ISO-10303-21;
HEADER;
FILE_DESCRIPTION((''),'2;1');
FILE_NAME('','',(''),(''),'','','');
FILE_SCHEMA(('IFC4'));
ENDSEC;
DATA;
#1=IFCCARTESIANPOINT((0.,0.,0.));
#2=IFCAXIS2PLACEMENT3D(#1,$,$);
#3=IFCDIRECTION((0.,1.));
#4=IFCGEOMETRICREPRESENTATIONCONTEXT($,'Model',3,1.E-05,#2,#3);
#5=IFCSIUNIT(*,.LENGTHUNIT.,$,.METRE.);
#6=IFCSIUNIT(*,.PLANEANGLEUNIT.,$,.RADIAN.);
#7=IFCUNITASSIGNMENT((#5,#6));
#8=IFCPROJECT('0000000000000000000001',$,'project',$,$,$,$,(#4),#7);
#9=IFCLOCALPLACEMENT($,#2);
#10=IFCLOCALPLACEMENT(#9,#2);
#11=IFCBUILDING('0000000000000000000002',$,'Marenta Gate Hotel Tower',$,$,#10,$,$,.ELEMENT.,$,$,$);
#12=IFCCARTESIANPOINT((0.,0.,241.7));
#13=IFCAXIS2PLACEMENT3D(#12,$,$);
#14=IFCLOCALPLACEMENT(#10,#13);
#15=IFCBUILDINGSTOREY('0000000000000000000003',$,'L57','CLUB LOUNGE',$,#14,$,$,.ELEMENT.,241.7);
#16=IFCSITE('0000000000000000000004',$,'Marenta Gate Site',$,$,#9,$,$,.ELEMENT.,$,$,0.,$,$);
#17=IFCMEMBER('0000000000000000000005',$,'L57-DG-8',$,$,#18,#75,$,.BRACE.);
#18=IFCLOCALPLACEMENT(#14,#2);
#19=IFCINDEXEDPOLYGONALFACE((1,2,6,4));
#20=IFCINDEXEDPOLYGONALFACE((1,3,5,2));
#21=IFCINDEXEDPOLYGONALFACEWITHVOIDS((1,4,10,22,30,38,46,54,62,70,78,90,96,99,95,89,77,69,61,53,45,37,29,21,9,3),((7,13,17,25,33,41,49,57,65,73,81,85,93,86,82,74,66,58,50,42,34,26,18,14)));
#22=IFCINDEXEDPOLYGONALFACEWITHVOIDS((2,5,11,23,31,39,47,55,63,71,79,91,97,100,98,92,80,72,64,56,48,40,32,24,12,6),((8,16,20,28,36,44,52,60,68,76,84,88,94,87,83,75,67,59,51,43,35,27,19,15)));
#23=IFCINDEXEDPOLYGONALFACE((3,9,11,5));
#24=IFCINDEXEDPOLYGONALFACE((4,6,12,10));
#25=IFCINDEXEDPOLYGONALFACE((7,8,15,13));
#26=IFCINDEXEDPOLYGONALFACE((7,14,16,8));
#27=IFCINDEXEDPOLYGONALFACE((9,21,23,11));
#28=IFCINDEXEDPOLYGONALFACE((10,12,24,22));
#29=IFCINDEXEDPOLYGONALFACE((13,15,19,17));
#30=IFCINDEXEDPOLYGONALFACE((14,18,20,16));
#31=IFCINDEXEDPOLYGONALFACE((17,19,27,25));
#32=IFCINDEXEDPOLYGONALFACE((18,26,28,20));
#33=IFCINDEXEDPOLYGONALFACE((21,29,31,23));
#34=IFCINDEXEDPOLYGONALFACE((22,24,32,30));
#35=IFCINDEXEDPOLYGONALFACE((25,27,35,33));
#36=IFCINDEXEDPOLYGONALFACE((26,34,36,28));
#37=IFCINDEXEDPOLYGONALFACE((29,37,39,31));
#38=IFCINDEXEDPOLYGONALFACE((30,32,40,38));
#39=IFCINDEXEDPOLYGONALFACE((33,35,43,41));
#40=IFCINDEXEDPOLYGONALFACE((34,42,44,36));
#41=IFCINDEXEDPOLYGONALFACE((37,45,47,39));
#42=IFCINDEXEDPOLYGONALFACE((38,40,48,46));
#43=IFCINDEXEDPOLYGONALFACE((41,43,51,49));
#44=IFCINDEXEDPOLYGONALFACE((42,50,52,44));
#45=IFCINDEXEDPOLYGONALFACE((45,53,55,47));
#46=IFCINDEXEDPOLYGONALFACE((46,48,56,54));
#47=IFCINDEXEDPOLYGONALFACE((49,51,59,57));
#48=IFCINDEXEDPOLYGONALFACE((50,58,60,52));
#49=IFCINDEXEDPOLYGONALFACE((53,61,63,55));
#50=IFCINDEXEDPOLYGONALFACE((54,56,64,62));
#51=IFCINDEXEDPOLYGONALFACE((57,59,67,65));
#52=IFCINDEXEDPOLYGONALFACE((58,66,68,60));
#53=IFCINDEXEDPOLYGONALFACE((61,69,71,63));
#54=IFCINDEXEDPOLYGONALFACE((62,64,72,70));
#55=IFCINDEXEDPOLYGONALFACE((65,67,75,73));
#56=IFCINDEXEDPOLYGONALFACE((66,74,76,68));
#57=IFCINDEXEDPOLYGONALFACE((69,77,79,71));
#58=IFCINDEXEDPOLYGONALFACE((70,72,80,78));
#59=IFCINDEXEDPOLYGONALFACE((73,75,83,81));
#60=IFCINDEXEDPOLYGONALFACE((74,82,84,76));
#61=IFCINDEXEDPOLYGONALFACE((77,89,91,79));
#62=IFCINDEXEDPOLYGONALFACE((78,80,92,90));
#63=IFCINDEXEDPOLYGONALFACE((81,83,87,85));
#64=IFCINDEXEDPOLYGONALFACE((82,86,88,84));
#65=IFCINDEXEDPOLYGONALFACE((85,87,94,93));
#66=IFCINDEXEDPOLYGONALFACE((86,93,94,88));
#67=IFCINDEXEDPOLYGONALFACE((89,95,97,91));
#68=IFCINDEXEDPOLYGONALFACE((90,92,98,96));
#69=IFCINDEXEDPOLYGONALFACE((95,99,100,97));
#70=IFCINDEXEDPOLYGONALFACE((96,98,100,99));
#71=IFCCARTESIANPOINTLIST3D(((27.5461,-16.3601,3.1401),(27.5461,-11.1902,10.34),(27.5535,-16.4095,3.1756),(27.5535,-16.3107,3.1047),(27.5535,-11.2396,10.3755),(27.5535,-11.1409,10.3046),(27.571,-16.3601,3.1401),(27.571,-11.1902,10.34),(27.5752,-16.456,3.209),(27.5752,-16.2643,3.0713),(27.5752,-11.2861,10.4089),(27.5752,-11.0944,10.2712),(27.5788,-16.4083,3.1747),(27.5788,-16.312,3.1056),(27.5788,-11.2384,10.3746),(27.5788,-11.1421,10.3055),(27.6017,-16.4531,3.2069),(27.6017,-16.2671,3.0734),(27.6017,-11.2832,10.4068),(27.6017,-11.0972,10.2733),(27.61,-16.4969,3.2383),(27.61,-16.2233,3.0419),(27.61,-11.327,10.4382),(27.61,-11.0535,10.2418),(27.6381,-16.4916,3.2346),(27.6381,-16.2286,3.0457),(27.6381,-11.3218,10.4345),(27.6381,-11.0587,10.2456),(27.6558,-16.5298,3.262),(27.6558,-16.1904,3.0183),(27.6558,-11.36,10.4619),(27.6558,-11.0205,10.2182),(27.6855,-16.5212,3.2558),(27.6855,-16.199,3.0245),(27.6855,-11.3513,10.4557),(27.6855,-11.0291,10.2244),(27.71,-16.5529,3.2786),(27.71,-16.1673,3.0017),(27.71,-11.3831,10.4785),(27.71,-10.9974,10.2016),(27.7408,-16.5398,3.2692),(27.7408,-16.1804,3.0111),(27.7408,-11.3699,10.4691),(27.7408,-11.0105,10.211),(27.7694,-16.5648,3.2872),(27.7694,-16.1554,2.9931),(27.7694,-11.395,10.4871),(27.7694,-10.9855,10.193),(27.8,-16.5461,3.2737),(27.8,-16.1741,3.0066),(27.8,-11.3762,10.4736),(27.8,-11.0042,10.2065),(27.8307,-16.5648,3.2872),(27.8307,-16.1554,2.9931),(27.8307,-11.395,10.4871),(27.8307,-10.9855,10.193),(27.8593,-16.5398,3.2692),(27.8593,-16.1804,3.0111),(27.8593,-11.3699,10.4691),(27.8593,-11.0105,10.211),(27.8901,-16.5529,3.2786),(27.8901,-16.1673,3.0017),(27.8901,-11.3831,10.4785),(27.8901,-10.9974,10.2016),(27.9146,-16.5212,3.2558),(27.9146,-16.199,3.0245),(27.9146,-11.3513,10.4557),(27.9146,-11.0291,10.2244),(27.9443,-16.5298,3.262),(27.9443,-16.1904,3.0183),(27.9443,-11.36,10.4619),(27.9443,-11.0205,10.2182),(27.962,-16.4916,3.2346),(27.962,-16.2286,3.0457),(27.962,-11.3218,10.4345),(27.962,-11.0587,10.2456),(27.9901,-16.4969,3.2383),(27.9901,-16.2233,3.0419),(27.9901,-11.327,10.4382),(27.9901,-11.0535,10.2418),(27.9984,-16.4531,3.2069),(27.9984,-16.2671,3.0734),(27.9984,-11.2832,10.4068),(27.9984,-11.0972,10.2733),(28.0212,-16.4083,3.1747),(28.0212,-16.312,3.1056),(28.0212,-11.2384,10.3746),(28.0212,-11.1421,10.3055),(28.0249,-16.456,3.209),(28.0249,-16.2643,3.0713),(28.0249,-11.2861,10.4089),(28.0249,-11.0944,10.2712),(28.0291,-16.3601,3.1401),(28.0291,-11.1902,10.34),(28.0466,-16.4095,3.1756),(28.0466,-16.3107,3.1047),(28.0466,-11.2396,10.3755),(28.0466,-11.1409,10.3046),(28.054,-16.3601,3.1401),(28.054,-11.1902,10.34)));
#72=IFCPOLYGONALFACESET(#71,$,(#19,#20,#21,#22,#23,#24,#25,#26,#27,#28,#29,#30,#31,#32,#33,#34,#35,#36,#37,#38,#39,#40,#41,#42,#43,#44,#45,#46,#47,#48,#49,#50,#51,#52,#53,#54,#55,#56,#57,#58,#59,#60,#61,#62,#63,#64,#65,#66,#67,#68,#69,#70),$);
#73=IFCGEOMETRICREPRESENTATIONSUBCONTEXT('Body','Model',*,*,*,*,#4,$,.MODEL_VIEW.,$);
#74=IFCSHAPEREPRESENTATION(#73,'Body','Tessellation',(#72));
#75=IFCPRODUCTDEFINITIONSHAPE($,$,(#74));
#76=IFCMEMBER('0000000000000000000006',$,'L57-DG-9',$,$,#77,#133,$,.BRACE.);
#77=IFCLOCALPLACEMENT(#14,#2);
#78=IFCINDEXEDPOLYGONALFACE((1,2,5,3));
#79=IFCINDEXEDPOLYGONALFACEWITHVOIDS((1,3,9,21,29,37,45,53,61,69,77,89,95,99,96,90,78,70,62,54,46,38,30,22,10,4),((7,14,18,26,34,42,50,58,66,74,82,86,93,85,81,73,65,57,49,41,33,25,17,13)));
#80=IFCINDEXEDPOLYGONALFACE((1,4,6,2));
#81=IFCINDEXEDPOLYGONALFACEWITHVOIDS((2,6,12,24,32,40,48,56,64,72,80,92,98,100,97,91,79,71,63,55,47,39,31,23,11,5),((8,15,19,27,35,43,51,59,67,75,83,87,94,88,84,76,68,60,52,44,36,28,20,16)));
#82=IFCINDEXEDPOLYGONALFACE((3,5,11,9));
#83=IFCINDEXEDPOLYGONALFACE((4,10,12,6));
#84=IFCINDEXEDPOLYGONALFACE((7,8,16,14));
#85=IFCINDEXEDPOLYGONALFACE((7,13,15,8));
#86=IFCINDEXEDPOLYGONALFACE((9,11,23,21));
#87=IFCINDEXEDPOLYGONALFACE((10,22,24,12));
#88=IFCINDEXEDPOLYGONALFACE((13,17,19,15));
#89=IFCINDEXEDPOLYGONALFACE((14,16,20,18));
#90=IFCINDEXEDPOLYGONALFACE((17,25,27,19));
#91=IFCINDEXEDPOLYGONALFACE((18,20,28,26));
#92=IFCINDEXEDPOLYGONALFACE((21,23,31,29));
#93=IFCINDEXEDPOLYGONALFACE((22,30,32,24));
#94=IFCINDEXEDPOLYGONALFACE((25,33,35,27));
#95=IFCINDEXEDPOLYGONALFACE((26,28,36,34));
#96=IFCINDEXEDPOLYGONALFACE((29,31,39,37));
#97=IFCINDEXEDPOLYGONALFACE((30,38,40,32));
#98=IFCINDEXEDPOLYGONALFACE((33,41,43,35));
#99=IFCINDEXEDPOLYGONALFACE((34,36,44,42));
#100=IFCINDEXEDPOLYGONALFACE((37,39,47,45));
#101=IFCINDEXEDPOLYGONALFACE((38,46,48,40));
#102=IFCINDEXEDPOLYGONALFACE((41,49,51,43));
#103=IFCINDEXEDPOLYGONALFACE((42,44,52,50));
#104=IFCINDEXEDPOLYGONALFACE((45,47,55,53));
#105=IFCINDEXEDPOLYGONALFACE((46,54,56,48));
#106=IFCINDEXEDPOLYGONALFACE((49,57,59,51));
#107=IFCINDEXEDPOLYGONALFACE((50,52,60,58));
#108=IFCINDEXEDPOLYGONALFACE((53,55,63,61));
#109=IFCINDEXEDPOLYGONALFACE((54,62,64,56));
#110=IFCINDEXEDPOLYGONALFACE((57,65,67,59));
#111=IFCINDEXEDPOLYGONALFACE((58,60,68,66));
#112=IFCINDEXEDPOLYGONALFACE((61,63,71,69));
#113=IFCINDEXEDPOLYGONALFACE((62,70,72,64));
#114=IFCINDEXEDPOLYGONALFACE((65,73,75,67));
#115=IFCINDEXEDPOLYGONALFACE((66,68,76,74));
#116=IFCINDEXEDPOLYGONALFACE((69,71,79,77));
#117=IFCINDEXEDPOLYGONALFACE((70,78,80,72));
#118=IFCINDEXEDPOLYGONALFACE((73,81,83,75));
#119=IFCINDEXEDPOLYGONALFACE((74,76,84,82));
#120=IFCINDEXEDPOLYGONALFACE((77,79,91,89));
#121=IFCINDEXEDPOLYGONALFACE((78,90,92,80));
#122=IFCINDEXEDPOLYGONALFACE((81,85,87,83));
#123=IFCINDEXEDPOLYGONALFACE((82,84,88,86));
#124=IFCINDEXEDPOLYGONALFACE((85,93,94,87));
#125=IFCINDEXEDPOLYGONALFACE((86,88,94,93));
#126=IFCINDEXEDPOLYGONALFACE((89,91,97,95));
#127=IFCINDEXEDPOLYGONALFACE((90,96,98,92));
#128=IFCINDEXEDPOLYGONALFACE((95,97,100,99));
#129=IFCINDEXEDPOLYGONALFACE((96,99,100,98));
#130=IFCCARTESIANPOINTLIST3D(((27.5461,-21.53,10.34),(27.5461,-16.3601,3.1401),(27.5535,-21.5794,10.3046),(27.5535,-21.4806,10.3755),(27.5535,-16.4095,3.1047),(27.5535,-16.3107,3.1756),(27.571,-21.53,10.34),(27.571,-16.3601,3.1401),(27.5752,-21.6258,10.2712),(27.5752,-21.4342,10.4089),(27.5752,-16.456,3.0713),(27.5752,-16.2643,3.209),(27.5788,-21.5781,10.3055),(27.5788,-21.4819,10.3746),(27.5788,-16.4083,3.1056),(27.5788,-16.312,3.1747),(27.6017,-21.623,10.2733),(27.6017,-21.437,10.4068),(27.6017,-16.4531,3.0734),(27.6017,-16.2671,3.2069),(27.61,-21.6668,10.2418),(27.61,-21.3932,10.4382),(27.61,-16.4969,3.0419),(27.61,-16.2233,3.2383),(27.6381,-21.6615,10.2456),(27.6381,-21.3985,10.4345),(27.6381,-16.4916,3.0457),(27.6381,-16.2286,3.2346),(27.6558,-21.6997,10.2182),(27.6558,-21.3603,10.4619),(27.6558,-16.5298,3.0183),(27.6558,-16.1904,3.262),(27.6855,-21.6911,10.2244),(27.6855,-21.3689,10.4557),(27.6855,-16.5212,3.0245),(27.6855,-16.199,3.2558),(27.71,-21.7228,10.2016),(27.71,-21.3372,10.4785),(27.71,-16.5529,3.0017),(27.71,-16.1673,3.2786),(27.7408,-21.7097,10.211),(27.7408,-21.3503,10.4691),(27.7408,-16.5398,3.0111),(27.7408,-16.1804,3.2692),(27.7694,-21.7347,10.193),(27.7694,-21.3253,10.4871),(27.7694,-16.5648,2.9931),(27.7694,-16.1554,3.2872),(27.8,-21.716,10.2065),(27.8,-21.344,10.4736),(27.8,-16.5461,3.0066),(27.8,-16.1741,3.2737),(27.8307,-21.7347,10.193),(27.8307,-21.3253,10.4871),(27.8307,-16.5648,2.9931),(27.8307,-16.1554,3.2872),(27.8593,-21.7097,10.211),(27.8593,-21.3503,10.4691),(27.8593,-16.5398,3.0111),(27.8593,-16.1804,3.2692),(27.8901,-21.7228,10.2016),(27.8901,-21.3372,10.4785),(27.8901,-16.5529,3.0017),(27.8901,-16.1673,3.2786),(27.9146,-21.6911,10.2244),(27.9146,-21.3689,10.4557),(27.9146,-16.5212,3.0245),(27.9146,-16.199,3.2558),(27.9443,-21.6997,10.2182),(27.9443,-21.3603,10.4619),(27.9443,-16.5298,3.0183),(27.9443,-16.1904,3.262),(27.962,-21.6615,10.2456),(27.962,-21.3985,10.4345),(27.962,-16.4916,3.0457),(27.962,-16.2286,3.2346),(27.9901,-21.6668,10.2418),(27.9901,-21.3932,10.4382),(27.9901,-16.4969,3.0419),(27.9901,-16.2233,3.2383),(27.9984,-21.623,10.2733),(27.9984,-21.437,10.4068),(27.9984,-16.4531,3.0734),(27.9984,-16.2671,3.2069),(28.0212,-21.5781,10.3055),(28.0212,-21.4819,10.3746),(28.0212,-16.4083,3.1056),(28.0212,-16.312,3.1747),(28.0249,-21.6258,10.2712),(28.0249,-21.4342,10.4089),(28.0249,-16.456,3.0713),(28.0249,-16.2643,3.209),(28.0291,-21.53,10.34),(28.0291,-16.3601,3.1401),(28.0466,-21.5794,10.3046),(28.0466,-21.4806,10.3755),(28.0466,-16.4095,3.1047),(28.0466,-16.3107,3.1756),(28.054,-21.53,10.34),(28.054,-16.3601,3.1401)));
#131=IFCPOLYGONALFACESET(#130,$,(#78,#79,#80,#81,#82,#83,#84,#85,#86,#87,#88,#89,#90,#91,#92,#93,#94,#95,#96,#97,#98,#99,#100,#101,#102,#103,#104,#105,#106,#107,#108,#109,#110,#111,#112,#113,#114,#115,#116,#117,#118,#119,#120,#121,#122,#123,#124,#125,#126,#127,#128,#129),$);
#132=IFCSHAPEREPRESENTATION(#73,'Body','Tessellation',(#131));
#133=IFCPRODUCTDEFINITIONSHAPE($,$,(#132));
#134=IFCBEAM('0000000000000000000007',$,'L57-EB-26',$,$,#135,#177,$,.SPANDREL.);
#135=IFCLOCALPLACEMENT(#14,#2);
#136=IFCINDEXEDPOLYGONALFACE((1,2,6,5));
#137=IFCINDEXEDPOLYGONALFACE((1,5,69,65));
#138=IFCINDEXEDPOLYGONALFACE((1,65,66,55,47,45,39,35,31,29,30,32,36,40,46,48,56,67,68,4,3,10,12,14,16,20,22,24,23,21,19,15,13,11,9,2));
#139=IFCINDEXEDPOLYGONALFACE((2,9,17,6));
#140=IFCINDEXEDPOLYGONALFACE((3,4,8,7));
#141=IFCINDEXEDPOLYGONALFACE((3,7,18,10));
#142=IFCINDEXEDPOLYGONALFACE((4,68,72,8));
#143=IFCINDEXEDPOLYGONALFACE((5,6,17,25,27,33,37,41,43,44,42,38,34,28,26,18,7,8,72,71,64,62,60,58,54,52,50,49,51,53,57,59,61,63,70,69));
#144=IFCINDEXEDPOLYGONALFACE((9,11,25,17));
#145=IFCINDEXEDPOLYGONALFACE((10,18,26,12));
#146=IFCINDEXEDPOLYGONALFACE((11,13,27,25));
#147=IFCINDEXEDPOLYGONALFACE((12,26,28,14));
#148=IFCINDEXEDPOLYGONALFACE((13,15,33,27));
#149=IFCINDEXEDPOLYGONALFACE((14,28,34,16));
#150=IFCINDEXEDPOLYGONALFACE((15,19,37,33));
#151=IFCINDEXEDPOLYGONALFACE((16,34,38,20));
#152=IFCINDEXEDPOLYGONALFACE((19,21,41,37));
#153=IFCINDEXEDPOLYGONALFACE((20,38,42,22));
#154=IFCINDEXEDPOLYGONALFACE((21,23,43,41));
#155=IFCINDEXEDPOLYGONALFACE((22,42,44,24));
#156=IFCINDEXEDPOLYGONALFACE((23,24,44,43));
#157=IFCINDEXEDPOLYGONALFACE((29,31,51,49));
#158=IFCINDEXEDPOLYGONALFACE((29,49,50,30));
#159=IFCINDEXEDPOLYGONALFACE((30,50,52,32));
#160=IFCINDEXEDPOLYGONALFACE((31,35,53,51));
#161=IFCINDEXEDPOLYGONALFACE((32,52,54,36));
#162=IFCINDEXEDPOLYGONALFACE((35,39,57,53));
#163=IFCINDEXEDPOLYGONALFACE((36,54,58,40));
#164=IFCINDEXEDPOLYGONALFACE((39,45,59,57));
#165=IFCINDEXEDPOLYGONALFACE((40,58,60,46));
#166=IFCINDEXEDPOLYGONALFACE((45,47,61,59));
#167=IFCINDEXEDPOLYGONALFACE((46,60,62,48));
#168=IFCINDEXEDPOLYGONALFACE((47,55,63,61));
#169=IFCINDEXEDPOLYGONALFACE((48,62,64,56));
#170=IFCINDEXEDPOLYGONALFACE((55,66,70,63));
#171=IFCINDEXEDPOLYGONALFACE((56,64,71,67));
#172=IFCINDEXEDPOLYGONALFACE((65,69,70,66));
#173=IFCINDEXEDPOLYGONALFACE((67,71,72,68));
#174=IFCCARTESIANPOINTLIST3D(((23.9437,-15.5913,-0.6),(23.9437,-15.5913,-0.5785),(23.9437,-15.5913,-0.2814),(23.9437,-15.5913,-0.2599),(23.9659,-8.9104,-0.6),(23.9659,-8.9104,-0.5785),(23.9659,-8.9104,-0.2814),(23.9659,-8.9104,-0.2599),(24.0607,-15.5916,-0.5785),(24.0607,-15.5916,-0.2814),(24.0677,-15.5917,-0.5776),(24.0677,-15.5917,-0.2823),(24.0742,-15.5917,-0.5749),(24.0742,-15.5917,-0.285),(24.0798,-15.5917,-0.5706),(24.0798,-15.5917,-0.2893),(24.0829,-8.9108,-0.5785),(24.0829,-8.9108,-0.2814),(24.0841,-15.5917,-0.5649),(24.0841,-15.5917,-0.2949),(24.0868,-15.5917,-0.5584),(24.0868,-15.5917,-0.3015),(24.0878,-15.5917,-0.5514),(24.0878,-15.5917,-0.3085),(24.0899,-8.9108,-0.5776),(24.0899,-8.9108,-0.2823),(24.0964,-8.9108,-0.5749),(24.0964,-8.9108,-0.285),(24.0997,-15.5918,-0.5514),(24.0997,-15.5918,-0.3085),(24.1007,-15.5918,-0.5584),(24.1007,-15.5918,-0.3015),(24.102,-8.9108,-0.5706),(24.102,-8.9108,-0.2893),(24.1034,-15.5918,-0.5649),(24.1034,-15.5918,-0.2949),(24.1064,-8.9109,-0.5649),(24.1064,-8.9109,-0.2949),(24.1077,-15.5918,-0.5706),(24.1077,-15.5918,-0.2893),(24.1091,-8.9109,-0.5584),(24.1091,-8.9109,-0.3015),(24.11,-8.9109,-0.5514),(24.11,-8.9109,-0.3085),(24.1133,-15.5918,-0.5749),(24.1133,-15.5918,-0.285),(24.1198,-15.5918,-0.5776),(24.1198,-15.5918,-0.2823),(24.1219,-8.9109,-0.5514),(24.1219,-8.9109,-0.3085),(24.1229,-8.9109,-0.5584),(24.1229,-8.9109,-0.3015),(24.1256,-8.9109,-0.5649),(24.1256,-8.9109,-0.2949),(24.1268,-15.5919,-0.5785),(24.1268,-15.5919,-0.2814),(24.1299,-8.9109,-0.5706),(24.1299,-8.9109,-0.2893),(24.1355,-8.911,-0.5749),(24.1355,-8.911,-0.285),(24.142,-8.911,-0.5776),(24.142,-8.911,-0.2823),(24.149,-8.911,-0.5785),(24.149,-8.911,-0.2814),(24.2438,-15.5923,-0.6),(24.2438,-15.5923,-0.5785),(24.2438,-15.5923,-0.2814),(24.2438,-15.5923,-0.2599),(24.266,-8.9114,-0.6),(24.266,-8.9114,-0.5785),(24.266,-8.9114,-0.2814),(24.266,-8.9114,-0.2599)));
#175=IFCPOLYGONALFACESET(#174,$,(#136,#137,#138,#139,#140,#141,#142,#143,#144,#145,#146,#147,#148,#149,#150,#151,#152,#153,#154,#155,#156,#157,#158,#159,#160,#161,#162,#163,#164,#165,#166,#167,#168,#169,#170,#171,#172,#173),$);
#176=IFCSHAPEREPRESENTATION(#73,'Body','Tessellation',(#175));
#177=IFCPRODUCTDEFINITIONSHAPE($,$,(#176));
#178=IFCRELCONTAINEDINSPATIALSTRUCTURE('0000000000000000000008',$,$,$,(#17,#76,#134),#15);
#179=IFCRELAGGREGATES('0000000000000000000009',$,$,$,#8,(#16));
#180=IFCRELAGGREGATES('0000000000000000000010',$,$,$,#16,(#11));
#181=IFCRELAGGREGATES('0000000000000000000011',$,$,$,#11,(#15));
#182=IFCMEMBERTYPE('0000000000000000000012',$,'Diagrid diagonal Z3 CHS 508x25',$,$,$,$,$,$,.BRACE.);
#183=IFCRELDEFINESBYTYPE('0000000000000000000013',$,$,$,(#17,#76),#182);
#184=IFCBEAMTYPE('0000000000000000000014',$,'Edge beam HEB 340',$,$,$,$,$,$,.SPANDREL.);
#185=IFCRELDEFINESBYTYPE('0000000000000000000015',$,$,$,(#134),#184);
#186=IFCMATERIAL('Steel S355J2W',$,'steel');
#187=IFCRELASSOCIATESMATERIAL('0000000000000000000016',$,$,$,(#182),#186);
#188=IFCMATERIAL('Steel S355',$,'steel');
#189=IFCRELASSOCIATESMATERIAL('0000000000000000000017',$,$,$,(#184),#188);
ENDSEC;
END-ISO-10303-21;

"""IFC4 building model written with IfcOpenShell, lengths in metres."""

from ifc_helpers import new_model, si_unit, direction, frame, origin, origin_2d, place, context, subcontext, project, spatial, hollow_circle, i_section, extrude, material, material_profile, profile_set, type_object, element, save


model = new_model("IFC4")

# Units and contexts
model_context = context("Model", 3, precision=1e-05, world=origin(), true_north=direction((0.0, 1.0)))
body_context = subcontext(model_context, "Body", "Model", "MODEL_VIEW")
ifc_project = project(units=[si_unit("LENGTHUNIT", "METRE"), si_unit("PLANEANGLEUNIT", "RADIAN")], contexts=[model_context])

# Site, building, storey
site_placement = place(None, origin())
site = spatial("IfcSite", under=ifc_project, at=site_placement, Name="Marenta Gate Site", CompositionType="ELEMENT", RefElevation=0.0)
building_placement = place(site_placement, origin())
building = spatial("IfcBuilding", under=site, at=building_placement, Name="Marenta Gate Hotel Tower", CompositionType="ELEMENT")
storey_placement = place(building_placement, frame((0.0, 0.0, 241.7)))
storey = spatial("IfcBuildingStorey", under=building, at=storey_placement, Name="L57", Description="CLUB LOUNGE", CompositionType="ELEMENT", Elevation=241.7)

# Members
ifc_material_1 = material(Name="Steel S355J2W", Category="steel")
ifc_material_profile_1 = material_profile(ifc_material_1, hollow_circle(Radius=0.2539, WallThickness=0.0249, at=origin_2d()), Name="CHS 508x25")
ifc_profile_set_1 = profile_set([ifc_material_profile_1], Name="Steel S355J2W")
member_type_1 = type_object("IfcMemberType", Name="Diagrid diagonal Z3 CHS 508x25", PredefinedType="BRACE", material=ifc_profile_set_1)
for number, where, z_axis, x_axis, name in (
    (1, (27.8, -16.3601, 3.1401), (0.0, 0.583261, 0.812285), (-1.0, 0.0, 0.0), "L57-DG-8"),
    (2, (27.8, -16.3601, 3.1401), (0.0, -0.583261, 0.812285), (1.0, 0.0, 0.0), "L57-DG-9"),
):
    element("IfcMember", number, at=place(storey_placement, frame(where, z_axis=z_axis, x_axis=x_axis)), inside=storey, type_object=member_type_1, Name=name, PredefinedType="BRACE", context=body_context, shape_type="SweptSolid", body=[
        extrude(hollow_circle(Radius=0.2539, WallThickness=0.0249, at=origin_2d()), origin(), (0.0, 0.0, 1.0), 8.8638),
    ])

# Beam
ifc_material_2 = material(Name="Steel S355", Category="steel")
ifc_material_profile_2 = material_profile(ifc_material_2, i_section(OverallWidth=0.3, OverallDepth=0.3401, WebThickness=0.012, FlangeThickness=0.0215, FilletRadius=0.0271, at=origin_2d()), Name="HEB 340")
ifc_profile_set_2 = profile_set([ifc_material_profile_2], Name="Steel S355")
beam_type_1 = type_object("IfcBeamType", Name="Edge beam HEB 340", PredefinedType="SPANDREL", material=ifc_profile_set_2)
beam_1_placement = place(storey_placement, frame((24.116, -8.9109, -0.4299), z_axis=(-0.003325, -0.999994, 0.0), x_axis=(0.999994, -0.003325, 0.0)))
element("IfcBeam", 3, at=beam_1_placement, inside=storey, type_object=beam_type_1, Name="L57-EB-26", PredefinedType="SPANDREL", context=body_context, shape_type="SweptSolid", body=[
    extrude(i_section(OverallWidth=0.3, OverallDepth=0.3401, WebThickness=0.012, FlangeThickness=0.0215, FilletRadius=0.0271, at=origin_2d()), origin(), (0.0, 0.0, 1.0), 6.6809),
])

save(model, "model.ifc")
